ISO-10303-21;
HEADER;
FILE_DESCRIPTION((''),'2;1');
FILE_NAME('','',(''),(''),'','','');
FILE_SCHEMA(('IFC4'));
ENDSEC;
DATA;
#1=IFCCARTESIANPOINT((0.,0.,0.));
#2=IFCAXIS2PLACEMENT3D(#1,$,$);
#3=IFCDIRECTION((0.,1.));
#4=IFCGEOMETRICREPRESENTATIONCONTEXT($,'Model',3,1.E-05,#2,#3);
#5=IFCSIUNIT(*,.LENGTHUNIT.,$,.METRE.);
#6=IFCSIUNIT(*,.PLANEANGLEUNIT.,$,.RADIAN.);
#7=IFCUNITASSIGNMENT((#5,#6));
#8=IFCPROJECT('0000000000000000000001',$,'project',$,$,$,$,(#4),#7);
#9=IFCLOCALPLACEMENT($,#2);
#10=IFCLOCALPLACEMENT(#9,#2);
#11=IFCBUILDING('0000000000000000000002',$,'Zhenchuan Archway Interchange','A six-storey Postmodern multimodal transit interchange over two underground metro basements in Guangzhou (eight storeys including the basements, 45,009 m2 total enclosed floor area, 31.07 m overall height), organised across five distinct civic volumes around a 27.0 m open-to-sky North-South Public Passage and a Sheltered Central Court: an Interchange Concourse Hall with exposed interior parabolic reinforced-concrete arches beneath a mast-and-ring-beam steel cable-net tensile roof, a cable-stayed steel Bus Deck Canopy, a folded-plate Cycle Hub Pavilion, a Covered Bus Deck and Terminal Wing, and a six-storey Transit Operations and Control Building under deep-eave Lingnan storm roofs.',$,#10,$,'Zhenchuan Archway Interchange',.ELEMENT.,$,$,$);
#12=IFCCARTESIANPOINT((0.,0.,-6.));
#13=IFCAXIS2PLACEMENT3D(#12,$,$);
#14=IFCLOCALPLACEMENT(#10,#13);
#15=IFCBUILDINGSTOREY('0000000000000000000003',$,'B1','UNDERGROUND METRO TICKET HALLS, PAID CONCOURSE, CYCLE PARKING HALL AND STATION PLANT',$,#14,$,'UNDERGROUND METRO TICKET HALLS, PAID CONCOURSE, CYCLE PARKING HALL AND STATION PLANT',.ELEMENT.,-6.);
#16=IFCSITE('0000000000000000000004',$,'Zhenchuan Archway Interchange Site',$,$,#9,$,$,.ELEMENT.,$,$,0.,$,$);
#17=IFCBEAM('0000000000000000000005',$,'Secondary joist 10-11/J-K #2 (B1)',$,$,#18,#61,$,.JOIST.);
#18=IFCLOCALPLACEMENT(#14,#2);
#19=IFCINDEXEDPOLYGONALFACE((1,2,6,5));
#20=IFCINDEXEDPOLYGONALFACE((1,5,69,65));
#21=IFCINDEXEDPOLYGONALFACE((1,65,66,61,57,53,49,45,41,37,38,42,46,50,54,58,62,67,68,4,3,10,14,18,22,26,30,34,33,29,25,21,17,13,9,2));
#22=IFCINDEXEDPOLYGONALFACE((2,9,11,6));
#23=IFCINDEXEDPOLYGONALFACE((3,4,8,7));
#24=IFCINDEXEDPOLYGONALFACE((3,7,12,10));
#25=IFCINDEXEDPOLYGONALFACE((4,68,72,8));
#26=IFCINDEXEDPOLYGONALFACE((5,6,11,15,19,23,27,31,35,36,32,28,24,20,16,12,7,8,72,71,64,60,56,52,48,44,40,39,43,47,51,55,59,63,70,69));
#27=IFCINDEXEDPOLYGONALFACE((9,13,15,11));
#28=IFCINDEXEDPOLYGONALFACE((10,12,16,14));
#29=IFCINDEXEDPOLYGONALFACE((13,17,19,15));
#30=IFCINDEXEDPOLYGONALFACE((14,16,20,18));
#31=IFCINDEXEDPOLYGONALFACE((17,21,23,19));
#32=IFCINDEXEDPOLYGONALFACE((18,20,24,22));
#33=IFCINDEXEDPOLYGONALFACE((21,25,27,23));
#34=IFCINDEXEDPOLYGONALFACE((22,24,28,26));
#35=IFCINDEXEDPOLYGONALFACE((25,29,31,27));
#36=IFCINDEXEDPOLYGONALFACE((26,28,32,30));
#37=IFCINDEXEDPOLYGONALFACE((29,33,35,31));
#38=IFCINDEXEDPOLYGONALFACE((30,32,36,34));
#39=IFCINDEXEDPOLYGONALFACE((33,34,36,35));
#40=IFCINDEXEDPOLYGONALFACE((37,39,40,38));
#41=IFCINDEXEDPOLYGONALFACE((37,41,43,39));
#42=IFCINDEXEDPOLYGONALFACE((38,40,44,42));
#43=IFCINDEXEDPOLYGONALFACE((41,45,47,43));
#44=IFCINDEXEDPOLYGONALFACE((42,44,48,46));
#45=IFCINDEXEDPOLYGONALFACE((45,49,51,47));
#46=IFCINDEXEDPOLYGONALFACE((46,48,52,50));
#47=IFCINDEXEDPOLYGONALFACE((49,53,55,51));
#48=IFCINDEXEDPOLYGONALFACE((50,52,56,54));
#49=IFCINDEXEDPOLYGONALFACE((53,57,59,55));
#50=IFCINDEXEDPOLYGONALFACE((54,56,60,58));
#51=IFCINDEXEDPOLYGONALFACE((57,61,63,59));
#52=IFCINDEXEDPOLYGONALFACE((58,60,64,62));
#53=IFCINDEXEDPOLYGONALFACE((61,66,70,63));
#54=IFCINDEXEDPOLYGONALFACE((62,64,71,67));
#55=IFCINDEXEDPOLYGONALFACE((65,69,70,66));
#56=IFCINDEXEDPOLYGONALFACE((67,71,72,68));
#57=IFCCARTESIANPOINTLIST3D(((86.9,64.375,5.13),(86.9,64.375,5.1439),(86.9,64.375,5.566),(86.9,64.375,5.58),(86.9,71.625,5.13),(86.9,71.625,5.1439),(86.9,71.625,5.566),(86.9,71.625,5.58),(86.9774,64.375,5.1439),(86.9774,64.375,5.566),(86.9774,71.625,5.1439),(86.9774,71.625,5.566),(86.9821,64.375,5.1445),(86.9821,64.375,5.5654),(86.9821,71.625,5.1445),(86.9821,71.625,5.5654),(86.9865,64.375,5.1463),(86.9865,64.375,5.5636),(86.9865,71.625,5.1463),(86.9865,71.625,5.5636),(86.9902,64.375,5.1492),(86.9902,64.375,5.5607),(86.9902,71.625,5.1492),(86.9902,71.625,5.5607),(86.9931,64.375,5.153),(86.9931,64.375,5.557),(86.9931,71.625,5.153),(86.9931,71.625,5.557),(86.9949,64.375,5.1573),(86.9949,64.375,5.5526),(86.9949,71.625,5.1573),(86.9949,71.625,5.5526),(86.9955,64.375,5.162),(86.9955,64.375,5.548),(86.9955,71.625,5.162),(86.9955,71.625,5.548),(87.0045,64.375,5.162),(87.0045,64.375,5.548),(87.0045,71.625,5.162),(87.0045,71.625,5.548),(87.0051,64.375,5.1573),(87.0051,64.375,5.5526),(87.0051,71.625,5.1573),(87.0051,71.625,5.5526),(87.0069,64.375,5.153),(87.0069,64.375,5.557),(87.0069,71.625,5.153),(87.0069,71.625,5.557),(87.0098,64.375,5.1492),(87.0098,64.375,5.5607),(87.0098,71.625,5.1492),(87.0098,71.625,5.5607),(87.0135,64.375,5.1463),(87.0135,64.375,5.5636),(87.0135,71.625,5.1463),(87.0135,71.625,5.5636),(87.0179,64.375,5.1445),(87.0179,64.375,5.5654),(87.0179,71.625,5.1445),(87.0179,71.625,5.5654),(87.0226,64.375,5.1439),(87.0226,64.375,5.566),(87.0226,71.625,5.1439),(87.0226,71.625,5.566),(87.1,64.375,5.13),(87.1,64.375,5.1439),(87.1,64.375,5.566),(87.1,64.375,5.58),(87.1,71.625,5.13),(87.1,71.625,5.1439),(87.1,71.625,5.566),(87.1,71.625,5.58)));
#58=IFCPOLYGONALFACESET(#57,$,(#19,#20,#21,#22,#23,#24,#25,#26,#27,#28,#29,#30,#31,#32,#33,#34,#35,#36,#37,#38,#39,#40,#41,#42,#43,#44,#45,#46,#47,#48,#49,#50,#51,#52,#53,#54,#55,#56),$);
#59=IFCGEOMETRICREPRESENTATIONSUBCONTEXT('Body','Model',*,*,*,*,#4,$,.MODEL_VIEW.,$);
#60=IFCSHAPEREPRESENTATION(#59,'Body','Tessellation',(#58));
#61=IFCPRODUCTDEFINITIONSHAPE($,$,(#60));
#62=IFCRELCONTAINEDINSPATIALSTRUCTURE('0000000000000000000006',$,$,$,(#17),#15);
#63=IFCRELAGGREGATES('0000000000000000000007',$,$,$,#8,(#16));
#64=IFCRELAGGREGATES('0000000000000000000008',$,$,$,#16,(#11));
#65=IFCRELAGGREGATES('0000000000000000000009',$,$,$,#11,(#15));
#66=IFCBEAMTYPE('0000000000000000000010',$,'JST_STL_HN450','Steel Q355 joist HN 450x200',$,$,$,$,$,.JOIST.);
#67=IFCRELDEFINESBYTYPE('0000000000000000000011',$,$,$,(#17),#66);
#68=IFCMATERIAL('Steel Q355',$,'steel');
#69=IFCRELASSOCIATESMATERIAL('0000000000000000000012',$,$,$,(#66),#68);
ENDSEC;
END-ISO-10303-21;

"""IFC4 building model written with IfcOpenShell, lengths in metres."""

from ifc_helpers import new_model, si_unit, direction, frame, origin, origin_2d, place, context, subcontext, project, spatial, i_section, extrude, material, material_profile, profile_set, type_object, element, save


model = new_model("IFC4")

# Units and contexts
model_context = context("Model", 3, precision=1e-05, world=origin(), true_north=direction((0.0, 1.0)))
body_context = subcontext(model_context, "Body", "Model", "MODEL_VIEW")
ifc_project = project(units=[si_unit("LENGTHUNIT", "METRE"), si_unit("PLANEANGLEUNIT", "RADIAN")], contexts=[model_context])

# Site, building, storey
site_placement = place(None, origin())
site = spatial("IfcSite", under=ifc_project, at=site_placement, Name="Zhenchuan Archway Interchange Site", CompositionType="ELEMENT", RefElevation=0.0)
building_placement = place(site_placement, origin())
building = spatial("IfcBuilding", under=site, at=building_placement, Name="Zhenchuan Archway Interchange", Description="A six-storey Postmodern multimodal transit interchange over two underground metro basements in Guangzhou (eight storeys including the basements, 45,009 m2 total enclosed floor area, 31.07 m overall height), organised across five distinct civic volumes around a 27.0 m open-to-sky North-South Public Passage and a Sheltered Central Court: an Interchange Concourse Hall with exposed interior parabolic reinforced-concrete arches beneath a mast-and-ring-beam steel cable-net tensile roof, a cable-stayed steel Bus Deck Canopy, a folded-plate Cycle Hub Pavilion, a Covered Bus Deck and Terminal Wing, and a six-storey Transit Operations and Control Building under deep-eave Lingnan storm roofs.", LongName="Zhenchuan Archway Interchange", CompositionType="ELEMENT")
storey_placement = place(building_placement, frame((0.0, 0.0, -6.0)))
storey = spatial("IfcBuildingStorey", under=building, at=storey_placement, Name="B1", Description="UNDERGROUND METRO TICKET HALLS, PAID CONCOURSE, CYCLE PARKING HALL AND STATION PLANT", LongName="UNDERGROUND METRO TICKET HALLS, PAID CONCOURSE, CYCLE PARKING HALL AND STATION PLANT", CompositionType="ELEMENT", Elevation=-6.0)

# Beam
ifc_material_1 = material(Name="Steel Q355", Category="steel")
ifc_material_profile_1 = material_profile(ifc_material_1, i_section(OverallWidth=0.2, OverallDepth=0.45, WebThickness=0.009, FlangeThickness=0.0139, FilletRadius=0.0181, at=origin_2d()), Name="HN 450x200")
ifc_profile_set_1 = profile_set([ifc_material_profile_1], Name="Steel Q355")
beam_type_1 = type_object("IfcBeamType", Name="JST_STL_HN450", Description="Steel Q355 joist HN 450x200", PredefinedType="JOIST", material=ifc_profile_set_1)
for number, where, z_axis, x_axis, name in (
    (1, (87.0, 64.375, 5.355), (0.0, 1.0, 0.0), (-1.0, 0.0, 0.0), "Secondary joist 10-11/J-K #2 (B1)"),
):
    element("IfcBeam", number, at=place(storey_placement, frame(where, z_axis=z_axis, x_axis=x_axis)), inside=storey, type_object=beam_type_1, Name=name, PredefinedType="JOIST", context=body_context, shape_type="SweptSolid", body=[
        extrude(i_section(OverallWidth=0.2, OverallDepth=0.45, WebThickness=0.009, FlangeThickness=0.0139, FilletRadius=0.0181, at=origin_2d()), origin(), (0.0, 0.0, 1.0), 7.25),
    ])

save(model, "model.ifc")
